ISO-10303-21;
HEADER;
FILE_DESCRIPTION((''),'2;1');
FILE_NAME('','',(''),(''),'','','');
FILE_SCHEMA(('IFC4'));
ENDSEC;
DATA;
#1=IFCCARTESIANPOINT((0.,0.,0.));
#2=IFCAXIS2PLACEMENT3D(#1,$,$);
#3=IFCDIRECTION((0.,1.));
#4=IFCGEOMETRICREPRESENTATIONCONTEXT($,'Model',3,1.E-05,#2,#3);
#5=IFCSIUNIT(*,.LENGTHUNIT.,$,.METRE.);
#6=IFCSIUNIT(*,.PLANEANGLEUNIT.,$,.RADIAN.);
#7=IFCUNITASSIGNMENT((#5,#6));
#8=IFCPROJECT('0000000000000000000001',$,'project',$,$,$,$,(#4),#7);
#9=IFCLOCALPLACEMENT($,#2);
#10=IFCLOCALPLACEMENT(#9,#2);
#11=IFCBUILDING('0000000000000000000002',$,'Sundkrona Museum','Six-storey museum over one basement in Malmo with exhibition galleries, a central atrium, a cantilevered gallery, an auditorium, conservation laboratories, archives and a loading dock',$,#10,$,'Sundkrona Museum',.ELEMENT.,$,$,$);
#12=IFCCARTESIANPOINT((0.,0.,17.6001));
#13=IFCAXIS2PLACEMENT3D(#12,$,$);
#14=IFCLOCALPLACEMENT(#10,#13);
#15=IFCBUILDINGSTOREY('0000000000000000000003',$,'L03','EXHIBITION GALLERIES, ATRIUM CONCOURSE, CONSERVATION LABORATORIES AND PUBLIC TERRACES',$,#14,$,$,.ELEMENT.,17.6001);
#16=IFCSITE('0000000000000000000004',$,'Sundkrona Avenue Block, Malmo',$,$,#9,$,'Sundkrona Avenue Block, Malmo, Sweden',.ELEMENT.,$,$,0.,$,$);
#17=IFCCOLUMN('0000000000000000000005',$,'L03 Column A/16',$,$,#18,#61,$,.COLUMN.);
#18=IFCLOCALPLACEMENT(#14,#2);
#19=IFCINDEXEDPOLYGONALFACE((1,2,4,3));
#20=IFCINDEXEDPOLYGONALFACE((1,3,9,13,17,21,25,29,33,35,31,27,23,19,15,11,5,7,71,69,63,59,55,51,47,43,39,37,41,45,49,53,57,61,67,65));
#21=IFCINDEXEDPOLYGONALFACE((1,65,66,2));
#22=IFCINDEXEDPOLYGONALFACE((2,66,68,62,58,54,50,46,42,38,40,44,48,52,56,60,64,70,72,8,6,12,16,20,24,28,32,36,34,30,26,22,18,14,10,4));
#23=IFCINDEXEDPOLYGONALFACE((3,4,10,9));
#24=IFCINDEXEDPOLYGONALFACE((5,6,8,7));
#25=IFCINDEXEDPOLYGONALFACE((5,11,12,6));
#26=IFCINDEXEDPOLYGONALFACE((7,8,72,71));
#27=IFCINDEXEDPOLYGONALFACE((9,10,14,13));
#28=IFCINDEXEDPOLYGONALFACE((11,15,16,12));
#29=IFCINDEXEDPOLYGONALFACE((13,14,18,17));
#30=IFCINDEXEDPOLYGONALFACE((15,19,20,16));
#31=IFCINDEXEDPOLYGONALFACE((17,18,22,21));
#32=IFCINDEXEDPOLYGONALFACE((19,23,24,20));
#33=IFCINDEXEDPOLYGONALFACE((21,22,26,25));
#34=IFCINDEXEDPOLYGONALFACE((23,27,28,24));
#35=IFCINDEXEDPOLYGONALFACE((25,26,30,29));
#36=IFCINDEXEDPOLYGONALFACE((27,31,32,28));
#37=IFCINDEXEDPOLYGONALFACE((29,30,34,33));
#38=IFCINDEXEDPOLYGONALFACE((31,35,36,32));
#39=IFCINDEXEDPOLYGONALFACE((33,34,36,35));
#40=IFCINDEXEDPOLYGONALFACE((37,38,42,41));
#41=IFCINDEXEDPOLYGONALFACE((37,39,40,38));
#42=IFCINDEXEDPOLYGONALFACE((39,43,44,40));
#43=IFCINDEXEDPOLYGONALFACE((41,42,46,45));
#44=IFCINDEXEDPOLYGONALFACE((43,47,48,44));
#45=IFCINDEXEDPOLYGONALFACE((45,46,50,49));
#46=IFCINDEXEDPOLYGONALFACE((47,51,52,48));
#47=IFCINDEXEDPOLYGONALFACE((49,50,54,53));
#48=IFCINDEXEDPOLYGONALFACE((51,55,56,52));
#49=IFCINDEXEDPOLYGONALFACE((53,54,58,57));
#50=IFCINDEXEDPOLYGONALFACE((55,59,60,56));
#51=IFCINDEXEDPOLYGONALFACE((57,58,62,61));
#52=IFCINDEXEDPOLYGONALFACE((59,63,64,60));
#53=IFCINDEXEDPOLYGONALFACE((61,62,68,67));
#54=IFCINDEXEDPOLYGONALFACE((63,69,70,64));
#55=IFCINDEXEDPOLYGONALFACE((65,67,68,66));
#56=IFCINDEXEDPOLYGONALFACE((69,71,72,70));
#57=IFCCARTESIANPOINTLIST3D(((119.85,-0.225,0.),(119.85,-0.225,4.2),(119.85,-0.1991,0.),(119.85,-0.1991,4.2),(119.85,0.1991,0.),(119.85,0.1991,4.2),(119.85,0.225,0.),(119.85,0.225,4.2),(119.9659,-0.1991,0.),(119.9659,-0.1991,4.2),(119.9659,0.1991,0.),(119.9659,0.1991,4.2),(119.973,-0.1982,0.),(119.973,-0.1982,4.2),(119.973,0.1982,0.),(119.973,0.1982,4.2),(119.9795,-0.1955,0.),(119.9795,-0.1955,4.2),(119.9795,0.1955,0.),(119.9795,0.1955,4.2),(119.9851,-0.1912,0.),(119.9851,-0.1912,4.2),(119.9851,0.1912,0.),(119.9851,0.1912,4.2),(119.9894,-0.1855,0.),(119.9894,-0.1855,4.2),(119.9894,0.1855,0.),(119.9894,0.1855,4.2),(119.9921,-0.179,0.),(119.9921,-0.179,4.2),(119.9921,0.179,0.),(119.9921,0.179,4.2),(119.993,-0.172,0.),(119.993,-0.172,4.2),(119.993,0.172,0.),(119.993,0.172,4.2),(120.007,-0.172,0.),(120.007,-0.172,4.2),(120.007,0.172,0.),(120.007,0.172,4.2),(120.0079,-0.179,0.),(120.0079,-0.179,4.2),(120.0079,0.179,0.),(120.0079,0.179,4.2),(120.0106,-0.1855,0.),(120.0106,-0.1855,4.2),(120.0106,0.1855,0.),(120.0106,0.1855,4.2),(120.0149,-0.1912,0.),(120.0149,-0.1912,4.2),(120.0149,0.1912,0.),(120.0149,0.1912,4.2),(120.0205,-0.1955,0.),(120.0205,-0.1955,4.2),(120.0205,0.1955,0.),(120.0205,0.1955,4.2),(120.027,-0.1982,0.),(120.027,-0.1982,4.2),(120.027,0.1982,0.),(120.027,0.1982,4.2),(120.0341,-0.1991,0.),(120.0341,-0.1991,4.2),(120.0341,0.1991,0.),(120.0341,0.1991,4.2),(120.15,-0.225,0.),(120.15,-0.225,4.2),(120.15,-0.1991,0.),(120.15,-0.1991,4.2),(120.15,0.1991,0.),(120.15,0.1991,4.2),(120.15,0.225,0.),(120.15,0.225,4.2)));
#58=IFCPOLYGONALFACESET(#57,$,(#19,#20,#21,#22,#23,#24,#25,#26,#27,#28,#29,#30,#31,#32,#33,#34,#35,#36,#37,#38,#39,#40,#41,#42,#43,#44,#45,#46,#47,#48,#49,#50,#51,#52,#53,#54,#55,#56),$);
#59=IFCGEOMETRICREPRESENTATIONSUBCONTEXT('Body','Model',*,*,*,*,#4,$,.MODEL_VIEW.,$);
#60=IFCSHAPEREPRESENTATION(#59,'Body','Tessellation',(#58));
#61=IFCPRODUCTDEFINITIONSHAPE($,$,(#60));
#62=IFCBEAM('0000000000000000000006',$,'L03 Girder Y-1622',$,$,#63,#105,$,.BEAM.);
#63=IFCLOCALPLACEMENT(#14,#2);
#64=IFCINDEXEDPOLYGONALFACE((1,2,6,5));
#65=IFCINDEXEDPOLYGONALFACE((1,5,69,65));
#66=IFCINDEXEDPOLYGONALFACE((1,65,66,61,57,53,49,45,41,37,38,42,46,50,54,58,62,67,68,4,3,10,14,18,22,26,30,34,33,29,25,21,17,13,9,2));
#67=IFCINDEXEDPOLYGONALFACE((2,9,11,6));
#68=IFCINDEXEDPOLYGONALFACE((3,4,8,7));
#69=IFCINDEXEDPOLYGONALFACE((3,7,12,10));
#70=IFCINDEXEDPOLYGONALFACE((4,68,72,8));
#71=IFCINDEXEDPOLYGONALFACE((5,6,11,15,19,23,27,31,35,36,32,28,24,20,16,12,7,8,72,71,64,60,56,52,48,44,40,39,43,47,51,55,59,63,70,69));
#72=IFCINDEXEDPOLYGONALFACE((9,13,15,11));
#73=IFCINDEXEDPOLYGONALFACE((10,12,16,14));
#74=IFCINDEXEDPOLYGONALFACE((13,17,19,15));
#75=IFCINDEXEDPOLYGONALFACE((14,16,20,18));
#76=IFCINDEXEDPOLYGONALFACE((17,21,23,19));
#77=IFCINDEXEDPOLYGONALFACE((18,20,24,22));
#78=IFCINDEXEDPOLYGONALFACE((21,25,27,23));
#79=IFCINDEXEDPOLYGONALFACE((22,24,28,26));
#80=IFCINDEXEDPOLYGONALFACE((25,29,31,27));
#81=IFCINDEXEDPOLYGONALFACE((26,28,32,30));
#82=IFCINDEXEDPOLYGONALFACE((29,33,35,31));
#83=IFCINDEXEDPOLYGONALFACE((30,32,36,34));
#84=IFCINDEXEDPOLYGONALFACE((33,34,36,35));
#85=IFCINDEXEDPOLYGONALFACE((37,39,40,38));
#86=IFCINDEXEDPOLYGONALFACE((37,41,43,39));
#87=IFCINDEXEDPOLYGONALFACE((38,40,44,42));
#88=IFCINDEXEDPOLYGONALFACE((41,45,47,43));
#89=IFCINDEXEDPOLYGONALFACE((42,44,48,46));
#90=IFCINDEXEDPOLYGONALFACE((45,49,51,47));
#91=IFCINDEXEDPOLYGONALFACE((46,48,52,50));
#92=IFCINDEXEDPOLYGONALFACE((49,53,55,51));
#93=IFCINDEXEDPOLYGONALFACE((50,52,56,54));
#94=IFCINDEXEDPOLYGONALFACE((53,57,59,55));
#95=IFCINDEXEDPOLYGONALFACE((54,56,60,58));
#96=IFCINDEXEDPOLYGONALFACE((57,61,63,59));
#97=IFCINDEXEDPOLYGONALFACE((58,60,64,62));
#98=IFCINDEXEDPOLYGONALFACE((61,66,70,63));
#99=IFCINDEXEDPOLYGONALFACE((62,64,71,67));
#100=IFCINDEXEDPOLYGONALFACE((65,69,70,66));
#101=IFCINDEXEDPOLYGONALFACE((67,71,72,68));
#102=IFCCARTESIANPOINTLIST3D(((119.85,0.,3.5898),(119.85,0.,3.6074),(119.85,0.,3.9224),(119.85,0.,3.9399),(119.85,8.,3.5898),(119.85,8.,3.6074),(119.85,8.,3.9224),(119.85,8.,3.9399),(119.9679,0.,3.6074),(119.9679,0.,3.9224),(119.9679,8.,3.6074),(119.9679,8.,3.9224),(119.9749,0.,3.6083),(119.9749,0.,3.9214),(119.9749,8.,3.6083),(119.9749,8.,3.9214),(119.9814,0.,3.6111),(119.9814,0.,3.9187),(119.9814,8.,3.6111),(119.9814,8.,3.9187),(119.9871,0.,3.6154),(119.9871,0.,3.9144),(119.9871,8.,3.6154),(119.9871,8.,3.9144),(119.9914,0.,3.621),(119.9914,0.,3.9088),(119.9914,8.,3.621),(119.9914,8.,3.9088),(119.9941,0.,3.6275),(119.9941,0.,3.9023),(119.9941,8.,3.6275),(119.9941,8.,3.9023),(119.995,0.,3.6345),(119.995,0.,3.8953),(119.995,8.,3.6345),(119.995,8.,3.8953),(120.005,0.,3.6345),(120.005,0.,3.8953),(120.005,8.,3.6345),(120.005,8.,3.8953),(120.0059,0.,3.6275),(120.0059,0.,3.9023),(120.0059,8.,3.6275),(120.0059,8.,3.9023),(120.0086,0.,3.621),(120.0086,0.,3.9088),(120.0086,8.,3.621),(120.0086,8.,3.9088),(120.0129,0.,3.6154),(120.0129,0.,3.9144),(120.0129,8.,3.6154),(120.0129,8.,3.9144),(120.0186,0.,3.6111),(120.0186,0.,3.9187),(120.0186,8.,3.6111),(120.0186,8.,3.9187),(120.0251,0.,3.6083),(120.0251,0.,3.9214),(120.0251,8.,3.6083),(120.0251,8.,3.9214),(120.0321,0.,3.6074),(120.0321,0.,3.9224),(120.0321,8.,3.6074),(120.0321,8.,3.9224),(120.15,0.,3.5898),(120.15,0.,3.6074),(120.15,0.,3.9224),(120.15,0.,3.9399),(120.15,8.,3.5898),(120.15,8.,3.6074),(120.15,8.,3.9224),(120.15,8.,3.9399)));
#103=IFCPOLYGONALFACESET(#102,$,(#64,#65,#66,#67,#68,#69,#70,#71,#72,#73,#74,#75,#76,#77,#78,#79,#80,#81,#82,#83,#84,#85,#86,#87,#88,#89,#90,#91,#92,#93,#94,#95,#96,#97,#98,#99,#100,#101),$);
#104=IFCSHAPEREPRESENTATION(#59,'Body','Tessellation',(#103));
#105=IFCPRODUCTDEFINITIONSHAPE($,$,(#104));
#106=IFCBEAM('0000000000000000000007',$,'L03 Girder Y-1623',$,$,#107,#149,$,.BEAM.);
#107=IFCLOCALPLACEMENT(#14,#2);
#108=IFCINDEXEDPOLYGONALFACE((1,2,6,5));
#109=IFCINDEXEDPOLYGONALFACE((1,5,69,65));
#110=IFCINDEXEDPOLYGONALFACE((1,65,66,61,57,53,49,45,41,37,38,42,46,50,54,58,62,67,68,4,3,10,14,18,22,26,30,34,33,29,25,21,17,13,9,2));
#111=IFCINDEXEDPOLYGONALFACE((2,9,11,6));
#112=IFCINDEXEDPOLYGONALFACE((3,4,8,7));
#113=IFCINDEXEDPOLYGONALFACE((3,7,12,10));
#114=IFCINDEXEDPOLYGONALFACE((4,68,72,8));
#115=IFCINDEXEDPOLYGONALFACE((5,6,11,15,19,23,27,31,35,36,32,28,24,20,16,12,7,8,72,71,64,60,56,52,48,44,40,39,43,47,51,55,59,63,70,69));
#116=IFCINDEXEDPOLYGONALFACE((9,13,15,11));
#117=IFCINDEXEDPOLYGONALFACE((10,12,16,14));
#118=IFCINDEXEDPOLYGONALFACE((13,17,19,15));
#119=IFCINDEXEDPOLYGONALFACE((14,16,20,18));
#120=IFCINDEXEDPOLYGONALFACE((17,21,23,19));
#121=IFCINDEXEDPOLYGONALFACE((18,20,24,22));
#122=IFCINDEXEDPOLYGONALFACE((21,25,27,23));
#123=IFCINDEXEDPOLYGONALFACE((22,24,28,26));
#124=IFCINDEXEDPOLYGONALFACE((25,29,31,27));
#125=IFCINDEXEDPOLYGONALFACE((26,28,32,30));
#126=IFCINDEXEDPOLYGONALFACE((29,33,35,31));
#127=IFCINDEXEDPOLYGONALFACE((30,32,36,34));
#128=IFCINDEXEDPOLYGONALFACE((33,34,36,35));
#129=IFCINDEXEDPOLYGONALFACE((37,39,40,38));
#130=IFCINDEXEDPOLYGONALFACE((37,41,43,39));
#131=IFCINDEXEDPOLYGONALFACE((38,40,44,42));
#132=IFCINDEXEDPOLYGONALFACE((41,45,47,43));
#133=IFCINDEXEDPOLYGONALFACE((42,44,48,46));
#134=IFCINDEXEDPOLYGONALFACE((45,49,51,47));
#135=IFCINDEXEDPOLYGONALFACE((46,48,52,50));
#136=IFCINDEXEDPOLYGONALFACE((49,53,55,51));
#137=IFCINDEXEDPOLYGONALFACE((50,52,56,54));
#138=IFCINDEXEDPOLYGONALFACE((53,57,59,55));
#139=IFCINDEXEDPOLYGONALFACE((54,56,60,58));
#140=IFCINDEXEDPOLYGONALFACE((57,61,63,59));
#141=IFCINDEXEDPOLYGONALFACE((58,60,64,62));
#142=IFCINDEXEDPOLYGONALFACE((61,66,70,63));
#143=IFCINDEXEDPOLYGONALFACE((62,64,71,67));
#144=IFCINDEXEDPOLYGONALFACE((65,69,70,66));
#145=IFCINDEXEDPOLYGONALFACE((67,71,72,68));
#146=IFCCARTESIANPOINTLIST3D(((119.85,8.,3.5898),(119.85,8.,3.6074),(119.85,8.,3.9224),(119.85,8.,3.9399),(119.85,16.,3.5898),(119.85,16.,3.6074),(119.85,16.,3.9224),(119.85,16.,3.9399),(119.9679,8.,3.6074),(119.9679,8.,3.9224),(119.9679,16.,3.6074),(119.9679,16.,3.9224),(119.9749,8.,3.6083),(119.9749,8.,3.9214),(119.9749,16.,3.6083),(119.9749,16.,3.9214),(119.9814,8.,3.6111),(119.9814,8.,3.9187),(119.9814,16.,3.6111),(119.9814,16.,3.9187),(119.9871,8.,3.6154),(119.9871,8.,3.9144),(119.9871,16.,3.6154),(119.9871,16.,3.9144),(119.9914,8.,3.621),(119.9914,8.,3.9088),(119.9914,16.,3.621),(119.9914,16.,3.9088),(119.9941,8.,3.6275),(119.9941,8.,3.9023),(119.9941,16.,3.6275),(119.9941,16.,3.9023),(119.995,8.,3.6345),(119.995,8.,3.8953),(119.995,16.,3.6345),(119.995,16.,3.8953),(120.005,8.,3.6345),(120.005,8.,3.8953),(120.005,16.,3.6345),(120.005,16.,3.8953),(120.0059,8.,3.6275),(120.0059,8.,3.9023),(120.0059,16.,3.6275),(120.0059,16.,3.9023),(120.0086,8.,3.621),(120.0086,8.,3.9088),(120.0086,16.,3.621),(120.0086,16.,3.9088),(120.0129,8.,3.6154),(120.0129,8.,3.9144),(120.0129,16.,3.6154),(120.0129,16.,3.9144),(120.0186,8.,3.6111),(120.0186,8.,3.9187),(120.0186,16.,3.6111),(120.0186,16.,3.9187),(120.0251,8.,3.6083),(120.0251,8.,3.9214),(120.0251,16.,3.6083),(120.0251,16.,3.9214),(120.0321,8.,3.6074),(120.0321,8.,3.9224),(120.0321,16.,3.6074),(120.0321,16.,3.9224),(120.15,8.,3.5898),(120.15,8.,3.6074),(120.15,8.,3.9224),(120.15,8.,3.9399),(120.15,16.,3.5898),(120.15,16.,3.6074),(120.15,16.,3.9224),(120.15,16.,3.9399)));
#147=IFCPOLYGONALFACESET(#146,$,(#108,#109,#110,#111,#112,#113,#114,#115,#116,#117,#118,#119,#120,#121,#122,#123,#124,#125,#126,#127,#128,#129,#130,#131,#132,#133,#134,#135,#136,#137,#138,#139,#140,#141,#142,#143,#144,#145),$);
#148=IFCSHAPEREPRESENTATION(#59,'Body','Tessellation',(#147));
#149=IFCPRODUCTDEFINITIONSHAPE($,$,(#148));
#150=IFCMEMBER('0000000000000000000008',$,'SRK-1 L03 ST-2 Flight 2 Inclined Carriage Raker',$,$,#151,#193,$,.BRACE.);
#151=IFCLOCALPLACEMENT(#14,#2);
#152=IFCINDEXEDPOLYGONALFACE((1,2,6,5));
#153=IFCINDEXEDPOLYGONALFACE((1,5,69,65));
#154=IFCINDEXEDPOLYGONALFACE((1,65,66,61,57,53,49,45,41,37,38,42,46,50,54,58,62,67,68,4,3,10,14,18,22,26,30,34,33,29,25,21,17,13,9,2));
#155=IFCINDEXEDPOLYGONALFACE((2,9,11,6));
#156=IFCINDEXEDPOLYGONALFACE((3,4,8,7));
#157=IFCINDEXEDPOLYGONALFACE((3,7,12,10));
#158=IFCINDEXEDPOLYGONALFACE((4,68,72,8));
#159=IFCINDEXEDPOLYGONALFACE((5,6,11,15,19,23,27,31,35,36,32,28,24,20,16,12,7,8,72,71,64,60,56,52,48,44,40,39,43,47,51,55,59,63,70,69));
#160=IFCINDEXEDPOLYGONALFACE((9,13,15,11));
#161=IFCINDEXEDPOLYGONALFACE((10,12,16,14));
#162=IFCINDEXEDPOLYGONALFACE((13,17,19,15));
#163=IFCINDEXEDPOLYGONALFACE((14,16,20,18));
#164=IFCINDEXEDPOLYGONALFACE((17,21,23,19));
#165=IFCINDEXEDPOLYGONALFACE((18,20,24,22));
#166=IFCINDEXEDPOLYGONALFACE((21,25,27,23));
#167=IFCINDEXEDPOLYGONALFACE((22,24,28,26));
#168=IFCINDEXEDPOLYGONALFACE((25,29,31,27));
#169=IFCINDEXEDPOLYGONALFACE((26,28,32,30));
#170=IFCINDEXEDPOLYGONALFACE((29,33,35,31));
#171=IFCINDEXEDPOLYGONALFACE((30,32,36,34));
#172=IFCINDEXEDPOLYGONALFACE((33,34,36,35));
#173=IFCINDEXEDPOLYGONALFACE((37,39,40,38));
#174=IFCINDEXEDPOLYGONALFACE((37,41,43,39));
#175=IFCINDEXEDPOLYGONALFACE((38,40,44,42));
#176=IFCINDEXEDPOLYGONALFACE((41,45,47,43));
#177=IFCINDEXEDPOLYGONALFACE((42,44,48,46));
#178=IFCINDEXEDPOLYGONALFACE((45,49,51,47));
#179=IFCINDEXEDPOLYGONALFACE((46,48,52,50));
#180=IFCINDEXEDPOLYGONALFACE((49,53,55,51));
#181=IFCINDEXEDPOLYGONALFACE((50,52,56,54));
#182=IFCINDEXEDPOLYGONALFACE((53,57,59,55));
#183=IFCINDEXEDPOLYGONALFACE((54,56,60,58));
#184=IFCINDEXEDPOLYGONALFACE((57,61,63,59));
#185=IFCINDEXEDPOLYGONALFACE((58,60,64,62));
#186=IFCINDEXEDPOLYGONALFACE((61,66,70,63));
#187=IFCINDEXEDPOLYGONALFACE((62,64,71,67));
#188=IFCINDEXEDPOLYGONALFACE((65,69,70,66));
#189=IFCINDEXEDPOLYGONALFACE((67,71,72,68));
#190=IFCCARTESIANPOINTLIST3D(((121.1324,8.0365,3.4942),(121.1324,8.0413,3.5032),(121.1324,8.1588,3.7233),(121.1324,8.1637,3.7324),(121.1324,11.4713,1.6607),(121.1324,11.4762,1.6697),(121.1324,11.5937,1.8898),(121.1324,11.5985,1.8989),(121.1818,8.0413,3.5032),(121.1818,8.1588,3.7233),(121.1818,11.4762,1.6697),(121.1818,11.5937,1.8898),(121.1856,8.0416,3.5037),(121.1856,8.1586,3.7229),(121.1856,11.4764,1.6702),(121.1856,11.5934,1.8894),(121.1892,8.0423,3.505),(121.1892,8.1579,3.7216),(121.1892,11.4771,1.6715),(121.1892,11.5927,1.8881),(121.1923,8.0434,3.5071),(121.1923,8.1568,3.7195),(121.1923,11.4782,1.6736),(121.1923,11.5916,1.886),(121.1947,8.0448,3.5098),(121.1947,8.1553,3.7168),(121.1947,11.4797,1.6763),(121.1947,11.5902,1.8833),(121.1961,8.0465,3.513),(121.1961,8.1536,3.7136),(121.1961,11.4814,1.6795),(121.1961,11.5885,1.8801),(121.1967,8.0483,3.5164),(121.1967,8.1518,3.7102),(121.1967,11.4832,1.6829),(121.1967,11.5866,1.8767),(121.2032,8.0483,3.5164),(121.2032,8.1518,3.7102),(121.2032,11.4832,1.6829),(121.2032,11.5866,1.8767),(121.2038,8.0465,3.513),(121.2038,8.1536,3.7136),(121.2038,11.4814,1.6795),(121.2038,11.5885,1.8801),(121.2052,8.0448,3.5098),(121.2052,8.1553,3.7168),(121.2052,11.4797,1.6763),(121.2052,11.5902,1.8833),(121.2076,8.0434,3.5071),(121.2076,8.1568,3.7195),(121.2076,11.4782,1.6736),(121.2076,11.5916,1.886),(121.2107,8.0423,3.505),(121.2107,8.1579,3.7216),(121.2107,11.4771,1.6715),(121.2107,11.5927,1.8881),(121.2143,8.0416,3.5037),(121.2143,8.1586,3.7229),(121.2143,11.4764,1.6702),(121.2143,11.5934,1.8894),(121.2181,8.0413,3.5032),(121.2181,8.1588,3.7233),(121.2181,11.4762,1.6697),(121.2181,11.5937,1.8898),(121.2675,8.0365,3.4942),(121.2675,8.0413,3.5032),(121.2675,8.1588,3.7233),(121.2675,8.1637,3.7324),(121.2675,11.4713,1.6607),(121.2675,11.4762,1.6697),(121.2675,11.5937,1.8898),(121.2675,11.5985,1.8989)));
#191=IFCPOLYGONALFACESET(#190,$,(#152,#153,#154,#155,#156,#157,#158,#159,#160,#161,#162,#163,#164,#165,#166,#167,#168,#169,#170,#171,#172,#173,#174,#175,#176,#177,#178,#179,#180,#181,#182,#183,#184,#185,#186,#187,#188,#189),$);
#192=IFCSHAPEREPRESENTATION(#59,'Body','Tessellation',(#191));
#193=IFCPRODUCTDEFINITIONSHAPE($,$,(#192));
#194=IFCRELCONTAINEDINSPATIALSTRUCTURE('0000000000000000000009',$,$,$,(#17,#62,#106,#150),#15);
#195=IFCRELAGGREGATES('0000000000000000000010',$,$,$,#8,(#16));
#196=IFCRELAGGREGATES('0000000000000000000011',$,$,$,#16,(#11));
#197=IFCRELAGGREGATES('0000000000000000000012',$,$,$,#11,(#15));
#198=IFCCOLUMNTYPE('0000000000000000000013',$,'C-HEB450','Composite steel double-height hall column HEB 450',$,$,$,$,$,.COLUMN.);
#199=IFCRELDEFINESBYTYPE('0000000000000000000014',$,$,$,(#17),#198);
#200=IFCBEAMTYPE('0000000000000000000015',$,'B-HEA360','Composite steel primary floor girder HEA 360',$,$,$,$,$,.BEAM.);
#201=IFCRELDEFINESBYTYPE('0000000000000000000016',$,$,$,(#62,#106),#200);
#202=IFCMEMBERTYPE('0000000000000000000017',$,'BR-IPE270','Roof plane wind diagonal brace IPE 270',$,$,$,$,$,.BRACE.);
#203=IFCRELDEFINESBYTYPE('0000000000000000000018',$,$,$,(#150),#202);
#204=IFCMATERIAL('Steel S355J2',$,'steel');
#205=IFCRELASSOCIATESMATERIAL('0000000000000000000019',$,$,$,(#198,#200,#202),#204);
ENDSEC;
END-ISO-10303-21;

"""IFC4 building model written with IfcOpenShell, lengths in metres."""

from ifc_helpers import new_model, si_unit, direction, frame, origin, origin_2d, place, context, subcontext, project, spatial, i_section, extrude, material, material_profile, profile_set, type_object, element, save


model = new_model("IFC4")

# Units and contexts
model_context = context("Model", 3, precision=1e-05, world=origin(), true_north=direction((0.0, 1.0)))
body_context = subcontext(model_context, "Body", "Model", "MODEL_VIEW")
ifc_project = project(units=[si_unit("LENGTHUNIT", "METRE"), si_unit("PLANEANGLEUNIT", "RADIAN")], contexts=[model_context])

# Site, building, storey
site_placement = place(None, origin())
site = spatial("IfcSite", under=ifc_project, at=site_placement, Name="Sundkrona Avenue Block, Malmo", LongName="Sundkrona Avenue Block, Malmo, Sweden", CompositionType="ELEMENT", RefElevation=0.0)
building_placement = place(site_placement, origin())
building = spatial("IfcBuilding", under=site, at=building_placement, Name="Sundkrona Museum", Description="Six-storey museum over one basement in Malmo with exhibition galleries, a central atrium, a cantilevered gallery, an auditorium, conservation laboratories, archives and a loading dock", LongName="Sundkrona Museum", CompositionType="ELEMENT")
storey_placement = place(building_placement, frame((0.0, 0.0, 17.6001)))
storey = spatial("IfcBuildingStorey", under=building, at=storey_placement, Name="L03", Description="EXHIBITION GALLERIES, ATRIUM CONCOURSE, CONSERVATION LABORATORIES AND PUBLIC TERRACES", CompositionType="ELEMENT", Elevation=17.6001)

# Column
ifc_material_1 = material(Name="Steel S355J2", Category="steel")
ifc_material_profile_1 = material_profile(ifc_material_1, i_section(OverallWidth=0.3, OverallDepth=0.45, WebThickness=0.0139, FlangeThickness=0.0259, FilletRadius=0.0271, at=origin_2d()), Name="HEB 450")
ifc_profile_set_1 = profile_set([ifc_material_profile_1], Name="Steel S355J2")
column_type = type_object("IfcColumnType", Name="C-HEB450", Description="Composite steel double-height hall column HEB 450", PredefinedType="COLUMN", material=ifc_profile_set_1)
column_placement = place(storey_placement, frame((120.0, 0.0, 0.0), z_axis=(0.0, 0.0, 1.0), x_axis=(1.0, 0.0, 0.0)))
element("IfcColumn", 1, at=column_placement, inside=storey, type_object=column_type, Name="L03 Column A/16", PredefinedType="COLUMN", context=body_context, shape_type="SweptSolid", body=[
    extrude(i_section(OverallWidth=0.3, OverallDepth=0.45, WebThickness=0.0139, FlangeThickness=0.0259, FilletRadius=0.0271, at=origin_2d()), origin(), (0.0, 0.0, 1.0), 4.2),
])

# Beams
ifc_material_profile_2 = material_profile(ifc_material_1, i_section(OverallWidth=0.3, OverallDepth=0.3501, WebThickness=0.01, FlangeThickness=0.0176, FilletRadius=0.0271, at=origin_2d()), Name="HEA 360")
ifc_profile_set_2 = profile_set([ifc_material_profile_2], Name="Steel S355J2")
beam_type_1 = type_object("IfcBeamType", Name="B-HEA360", Description="Composite steel primary floor girder HEA 360", PredefinedType="BEAM", material=ifc_profile_set_2)
for number, where, z_axis, x_axis, name in (
    (2, (120.0, 0.0, 3.7649), (0.0, 1.0, 0.0), (-1.0, 0.0, 0.0), "L03 Girder Y-1622"),
    (3, (120.0, 8.0, 3.7649), (0.0, 1.0, 0.0), (-1.0, 0.0, 0.0), "L03 Girder Y-1623"),
):
    element("IfcBeam", number, at=place(storey_placement, frame(where, z_axis=z_axis, x_axis=x_axis)), inside=storey, type_object=beam_type_1, Name=name, PredefinedType="BEAM", context=body_context, shape_type="SweptSolid", body=[
        extrude(i_section(OverallWidth=0.3, OverallDepth=0.3501, WebThickness=0.01, FlangeThickness=0.0176, FilletRadius=0.0271, at=origin_2d()), origin(), (0.0, 0.0, 1.0), 8.0),
    ])

# Member
ifc_material_profile_3 = material_profile(ifc_material_1, i_section(OverallWidth=0.135, OverallDepth=0.27, WebThickness=0.0066, FlangeThickness=0.0103, FilletRadius=0.0149, at=origin_2d()), Name="IPE 270")
ifc_profile_set_3 = profile_set([ifc_material_profile_3], Name="Steel S355J2")
member_type_1 = type_object("IfcMemberType", Name="BR-IPE270", Description="Roof plane wind diagonal brace IPE 270", PredefinedType="BRACE", material=ifc_profile_set_3)
member_1_placement = place(storey_placement, frame((121.2, 11.5349, 1.7798), z_axis=(0.0, -0.882183, 0.470907), x_axis=(1.0, 0.0, 0.0)))
element("IfcMember", 4, at=member_1_placement, inside=storey, type_object=member_type_1, Name="SRK-1 L03 ST-2 Flight 2 Inclined Carriage Raker", PredefinedType="BRACE", context=body_context, shape_type="SweptSolid", body=[
    extrude(i_section(OverallWidth=0.135, OverallDepth=0.27, WebThickness=0.0066, FlangeThickness=0.0103, FilletRadius=0.0149, at=origin_2d()), origin(), (0.0, 0.0, 1.0), 3.8936),
])

save(model, "model.ifc")
